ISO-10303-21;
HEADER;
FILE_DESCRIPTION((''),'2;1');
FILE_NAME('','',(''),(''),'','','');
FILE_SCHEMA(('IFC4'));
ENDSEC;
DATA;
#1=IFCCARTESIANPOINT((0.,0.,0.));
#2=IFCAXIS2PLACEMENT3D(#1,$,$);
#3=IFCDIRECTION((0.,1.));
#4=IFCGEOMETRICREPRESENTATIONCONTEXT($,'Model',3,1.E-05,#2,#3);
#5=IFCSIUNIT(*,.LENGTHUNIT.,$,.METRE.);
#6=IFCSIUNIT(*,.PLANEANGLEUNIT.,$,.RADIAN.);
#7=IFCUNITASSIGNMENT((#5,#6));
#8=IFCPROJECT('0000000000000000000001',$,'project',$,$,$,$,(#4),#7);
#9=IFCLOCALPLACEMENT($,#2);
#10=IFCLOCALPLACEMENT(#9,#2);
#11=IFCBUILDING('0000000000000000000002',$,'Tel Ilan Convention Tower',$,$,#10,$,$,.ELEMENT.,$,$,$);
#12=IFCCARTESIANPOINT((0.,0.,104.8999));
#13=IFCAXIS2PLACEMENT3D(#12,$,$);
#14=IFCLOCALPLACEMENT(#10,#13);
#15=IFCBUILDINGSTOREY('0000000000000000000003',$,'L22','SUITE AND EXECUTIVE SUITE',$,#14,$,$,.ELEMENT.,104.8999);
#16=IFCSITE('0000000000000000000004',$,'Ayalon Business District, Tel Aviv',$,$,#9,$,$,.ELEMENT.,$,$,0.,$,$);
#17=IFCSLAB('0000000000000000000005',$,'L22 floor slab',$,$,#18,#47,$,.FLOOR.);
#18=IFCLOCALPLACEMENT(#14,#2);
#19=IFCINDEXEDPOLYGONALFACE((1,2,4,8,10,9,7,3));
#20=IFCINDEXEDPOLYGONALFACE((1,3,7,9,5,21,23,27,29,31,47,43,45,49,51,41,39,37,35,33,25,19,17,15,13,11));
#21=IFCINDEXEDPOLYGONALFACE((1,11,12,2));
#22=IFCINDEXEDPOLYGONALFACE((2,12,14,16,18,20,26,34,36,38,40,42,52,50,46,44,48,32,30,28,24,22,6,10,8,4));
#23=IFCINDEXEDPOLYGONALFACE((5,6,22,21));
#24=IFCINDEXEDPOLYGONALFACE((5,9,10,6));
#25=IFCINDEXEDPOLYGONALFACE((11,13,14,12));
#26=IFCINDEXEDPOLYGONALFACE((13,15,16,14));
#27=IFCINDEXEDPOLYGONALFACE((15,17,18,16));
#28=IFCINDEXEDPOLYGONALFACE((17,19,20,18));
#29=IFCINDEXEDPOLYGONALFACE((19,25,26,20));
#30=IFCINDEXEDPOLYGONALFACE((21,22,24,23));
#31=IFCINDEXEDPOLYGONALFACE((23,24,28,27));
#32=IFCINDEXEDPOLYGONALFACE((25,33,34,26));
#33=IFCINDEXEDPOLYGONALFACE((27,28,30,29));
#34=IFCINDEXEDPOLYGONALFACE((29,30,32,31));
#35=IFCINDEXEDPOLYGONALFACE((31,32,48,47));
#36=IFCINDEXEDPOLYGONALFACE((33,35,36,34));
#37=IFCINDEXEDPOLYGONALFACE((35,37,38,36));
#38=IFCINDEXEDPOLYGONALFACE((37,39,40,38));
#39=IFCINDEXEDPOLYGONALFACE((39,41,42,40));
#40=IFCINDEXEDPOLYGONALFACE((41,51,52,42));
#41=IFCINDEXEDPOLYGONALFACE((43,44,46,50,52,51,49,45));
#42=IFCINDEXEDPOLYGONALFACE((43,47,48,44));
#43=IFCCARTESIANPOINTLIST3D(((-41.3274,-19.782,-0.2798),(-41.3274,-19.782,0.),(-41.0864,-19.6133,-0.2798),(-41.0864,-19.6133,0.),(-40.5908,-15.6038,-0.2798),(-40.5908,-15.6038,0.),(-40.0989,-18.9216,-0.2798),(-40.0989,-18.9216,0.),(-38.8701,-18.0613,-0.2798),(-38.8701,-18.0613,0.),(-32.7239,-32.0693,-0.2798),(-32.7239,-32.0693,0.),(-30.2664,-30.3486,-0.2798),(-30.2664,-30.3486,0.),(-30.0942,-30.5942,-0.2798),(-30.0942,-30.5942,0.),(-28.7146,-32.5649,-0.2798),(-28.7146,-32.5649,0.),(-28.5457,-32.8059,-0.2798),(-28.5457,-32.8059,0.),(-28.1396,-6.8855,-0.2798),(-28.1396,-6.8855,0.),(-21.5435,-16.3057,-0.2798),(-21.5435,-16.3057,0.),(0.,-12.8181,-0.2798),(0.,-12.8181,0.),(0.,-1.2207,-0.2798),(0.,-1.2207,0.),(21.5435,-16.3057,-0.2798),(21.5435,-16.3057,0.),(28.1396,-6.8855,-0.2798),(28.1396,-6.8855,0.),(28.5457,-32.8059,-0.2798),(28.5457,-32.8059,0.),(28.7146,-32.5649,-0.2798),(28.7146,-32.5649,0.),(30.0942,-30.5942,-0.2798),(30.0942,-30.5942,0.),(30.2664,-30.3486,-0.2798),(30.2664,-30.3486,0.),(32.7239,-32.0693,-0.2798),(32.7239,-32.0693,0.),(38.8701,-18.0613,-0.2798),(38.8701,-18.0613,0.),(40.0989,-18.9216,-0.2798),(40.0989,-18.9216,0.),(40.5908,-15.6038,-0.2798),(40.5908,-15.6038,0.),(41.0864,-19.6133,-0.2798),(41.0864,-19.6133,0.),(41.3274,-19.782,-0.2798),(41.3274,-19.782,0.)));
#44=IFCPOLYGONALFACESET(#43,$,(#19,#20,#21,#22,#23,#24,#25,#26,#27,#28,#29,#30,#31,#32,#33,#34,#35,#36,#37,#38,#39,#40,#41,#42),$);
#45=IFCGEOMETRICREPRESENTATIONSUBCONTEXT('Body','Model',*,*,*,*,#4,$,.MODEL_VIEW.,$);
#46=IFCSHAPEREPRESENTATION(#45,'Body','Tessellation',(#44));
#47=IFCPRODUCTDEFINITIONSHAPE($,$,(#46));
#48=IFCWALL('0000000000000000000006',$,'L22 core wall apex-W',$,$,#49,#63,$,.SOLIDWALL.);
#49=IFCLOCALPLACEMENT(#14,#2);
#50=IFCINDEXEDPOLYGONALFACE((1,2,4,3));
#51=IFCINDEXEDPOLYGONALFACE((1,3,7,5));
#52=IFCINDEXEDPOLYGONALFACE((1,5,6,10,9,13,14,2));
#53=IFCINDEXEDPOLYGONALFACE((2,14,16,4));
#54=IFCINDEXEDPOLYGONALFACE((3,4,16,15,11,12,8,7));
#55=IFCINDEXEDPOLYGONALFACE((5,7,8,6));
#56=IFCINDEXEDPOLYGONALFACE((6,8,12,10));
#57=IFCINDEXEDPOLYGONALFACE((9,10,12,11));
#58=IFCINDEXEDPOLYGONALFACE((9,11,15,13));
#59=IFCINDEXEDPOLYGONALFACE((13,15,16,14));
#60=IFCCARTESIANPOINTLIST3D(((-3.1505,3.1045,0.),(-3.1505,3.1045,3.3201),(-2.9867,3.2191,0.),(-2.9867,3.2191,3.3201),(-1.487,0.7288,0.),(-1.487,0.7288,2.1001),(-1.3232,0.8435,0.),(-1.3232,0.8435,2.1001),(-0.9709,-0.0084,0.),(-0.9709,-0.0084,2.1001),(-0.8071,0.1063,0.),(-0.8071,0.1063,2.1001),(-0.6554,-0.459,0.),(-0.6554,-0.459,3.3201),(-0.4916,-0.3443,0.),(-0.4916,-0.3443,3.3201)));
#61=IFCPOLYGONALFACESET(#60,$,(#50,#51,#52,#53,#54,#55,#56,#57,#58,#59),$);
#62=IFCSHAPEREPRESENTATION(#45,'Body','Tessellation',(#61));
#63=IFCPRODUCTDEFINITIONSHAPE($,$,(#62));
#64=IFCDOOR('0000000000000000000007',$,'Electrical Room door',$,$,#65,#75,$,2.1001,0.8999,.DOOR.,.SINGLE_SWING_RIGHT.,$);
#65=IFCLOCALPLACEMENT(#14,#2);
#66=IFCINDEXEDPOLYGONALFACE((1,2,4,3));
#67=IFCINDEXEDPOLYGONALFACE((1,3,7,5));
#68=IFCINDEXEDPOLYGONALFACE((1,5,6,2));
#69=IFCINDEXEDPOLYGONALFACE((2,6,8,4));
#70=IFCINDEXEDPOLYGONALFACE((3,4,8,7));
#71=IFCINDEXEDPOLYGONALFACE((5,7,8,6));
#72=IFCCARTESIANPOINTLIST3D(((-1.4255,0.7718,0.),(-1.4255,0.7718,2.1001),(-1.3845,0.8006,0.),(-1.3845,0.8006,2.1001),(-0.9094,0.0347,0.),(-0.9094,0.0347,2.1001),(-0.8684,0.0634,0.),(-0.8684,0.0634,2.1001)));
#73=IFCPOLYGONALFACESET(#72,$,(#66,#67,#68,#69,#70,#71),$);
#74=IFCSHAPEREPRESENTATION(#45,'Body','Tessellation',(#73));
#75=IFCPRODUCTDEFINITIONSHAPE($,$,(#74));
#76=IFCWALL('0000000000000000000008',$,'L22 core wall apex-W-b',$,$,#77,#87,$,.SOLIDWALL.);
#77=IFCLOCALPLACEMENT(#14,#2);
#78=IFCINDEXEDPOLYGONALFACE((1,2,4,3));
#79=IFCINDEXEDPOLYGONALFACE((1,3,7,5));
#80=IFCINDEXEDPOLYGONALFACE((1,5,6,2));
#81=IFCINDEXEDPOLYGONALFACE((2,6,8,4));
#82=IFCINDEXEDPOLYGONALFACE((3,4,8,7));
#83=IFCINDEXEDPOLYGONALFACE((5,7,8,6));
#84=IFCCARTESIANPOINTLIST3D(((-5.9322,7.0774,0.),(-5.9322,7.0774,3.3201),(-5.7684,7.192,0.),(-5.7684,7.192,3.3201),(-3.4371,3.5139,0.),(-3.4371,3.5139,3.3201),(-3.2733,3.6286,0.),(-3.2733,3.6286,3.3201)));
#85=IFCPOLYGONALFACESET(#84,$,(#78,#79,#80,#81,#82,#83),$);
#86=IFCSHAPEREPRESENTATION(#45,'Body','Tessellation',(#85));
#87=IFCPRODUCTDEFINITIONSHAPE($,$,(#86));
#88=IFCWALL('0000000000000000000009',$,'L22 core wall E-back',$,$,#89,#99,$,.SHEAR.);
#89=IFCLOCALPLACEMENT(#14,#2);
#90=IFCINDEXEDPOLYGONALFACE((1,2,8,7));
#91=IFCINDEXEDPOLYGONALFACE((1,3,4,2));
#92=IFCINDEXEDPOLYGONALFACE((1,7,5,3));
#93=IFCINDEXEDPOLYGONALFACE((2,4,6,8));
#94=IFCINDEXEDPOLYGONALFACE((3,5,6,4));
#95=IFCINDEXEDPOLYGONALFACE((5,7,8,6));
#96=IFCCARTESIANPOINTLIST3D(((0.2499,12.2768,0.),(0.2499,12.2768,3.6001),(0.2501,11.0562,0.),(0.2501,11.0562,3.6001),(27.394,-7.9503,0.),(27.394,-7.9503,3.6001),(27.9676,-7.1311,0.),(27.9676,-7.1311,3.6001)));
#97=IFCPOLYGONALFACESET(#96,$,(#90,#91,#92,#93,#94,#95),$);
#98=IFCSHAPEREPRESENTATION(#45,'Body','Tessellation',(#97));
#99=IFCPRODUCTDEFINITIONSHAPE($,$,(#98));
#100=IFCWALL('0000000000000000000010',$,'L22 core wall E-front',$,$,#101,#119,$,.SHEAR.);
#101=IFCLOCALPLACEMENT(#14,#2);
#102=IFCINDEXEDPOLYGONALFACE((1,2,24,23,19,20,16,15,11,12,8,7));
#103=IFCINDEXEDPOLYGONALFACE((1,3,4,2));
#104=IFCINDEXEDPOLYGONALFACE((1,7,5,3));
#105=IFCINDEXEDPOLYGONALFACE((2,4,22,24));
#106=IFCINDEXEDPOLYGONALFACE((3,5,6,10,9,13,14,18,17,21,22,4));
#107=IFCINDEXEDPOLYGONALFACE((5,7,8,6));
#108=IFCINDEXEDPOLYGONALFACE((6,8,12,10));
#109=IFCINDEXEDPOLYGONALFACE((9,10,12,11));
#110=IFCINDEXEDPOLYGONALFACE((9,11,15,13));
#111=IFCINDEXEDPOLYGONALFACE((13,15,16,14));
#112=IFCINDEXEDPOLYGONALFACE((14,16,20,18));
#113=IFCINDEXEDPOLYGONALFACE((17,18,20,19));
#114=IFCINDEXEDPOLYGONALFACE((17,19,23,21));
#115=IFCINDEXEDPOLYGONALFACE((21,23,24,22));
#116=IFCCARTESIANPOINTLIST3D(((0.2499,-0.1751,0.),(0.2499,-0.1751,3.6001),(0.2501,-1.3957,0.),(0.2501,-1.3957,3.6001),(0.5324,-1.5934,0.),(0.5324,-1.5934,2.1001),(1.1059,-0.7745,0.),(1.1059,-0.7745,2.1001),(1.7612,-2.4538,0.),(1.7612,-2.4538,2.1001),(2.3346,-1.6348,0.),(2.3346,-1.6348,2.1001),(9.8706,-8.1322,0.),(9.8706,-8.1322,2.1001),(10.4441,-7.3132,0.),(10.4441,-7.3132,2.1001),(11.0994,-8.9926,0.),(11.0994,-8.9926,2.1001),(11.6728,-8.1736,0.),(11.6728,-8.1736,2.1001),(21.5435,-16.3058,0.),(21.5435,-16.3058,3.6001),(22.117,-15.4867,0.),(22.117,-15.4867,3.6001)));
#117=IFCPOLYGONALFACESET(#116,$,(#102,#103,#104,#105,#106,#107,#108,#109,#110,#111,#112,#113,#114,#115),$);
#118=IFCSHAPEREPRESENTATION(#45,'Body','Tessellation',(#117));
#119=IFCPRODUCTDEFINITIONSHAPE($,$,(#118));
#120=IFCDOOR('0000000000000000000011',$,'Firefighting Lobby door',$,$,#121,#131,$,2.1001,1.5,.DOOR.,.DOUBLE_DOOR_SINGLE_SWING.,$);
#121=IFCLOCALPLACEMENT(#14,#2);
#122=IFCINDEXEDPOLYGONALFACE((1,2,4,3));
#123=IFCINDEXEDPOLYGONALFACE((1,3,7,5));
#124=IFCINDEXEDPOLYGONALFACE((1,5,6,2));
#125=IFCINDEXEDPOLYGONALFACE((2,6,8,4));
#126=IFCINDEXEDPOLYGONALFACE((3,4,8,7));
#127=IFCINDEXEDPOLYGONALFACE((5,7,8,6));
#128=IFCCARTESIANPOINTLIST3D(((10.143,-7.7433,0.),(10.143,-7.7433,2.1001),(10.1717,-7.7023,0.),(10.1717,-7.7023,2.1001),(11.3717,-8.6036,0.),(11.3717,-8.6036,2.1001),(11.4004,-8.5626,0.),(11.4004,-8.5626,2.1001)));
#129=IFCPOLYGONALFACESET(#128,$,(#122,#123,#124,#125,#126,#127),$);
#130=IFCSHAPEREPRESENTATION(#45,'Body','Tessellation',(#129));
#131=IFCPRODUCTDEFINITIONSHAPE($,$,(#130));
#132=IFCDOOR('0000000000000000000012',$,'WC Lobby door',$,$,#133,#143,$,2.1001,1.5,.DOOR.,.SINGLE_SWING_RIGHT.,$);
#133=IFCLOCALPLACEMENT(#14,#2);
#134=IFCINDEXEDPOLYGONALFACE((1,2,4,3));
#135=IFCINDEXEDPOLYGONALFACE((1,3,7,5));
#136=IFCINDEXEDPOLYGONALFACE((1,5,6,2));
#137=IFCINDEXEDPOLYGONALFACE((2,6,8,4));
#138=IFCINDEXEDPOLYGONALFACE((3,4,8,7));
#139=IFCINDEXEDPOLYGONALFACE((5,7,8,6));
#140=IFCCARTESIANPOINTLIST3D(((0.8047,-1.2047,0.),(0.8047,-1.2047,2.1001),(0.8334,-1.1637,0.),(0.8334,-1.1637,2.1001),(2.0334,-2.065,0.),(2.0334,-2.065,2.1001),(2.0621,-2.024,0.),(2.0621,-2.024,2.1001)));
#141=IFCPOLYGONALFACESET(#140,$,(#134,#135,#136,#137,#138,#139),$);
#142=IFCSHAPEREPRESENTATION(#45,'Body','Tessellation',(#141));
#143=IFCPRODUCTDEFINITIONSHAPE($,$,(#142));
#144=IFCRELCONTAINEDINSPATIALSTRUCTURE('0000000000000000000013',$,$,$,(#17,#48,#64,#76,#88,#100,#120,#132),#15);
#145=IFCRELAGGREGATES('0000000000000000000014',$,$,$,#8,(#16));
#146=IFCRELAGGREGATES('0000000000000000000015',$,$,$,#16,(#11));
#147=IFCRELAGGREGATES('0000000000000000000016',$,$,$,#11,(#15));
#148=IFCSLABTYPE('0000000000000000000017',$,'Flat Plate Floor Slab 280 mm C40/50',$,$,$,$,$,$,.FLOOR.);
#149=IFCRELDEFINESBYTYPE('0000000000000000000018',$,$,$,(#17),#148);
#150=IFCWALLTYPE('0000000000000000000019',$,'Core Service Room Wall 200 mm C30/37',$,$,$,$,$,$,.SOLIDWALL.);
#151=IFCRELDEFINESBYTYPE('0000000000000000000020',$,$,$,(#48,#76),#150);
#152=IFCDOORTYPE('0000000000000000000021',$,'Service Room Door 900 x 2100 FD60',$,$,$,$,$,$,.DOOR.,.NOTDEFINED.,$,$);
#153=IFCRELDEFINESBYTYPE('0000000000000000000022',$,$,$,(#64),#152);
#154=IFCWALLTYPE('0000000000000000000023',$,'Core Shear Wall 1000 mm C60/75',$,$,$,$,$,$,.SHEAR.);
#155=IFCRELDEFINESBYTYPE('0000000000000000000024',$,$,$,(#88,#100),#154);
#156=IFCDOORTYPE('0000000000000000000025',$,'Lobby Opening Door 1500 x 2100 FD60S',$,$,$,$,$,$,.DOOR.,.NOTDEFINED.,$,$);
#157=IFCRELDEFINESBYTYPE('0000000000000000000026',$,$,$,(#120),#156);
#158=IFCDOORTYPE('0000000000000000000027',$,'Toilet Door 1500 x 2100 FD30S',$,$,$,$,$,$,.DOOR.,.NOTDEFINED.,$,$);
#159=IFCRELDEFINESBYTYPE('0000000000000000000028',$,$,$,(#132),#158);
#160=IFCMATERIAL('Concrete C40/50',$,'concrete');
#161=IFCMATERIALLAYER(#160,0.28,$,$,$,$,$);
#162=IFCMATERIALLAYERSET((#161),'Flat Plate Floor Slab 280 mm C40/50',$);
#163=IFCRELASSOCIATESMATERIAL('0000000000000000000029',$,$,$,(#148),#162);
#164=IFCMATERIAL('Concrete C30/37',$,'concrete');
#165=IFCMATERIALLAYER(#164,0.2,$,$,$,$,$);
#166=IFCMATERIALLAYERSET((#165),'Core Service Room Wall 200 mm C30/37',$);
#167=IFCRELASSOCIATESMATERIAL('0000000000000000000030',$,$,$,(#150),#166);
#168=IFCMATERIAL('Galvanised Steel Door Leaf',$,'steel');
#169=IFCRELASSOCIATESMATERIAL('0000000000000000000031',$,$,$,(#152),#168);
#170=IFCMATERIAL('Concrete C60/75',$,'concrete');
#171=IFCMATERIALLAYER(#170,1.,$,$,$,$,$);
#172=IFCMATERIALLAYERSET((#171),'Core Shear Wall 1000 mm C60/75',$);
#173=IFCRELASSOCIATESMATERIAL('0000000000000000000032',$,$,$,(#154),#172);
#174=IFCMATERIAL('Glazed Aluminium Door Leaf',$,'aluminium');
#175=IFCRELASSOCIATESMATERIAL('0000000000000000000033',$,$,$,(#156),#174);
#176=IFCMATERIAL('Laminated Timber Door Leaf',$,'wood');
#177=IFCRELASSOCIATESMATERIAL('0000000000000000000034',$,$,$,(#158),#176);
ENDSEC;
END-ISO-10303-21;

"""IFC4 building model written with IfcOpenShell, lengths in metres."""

from ifc_helpers import new_model, si_unit, direction, frame, frame_2d, origin, place, context, subcontext, project, spatial, polyline, rectangle, outline, extrude, material, layer, layer_set, type_object, element, fill, save


model = new_model("IFC4")

# Units and contexts
model_context = context("Model", 3, precision=1e-05, world=origin(), true_north=direction((0.0, 1.0)))
body_context = subcontext(model_context, "Body", "Model", "MODEL_VIEW")
ifc_project = project(units=[si_unit("LENGTHUNIT", "METRE"), si_unit("PLANEANGLEUNIT", "RADIAN")], contexts=[model_context])

# Site, building, storey
site_placement = place(None, origin())
site = spatial("IfcSite", under=ifc_project, at=site_placement, Name="Ayalon Business District, Tel Aviv", CompositionType="ELEMENT", RefElevation=0.0)
building_placement = place(site_placement, origin())
building = spatial("IfcBuilding", under=site, at=building_placement, Name="Tel Ilan Convention Tower", CompositionType="ELEMENT")
storey_placement = place(building_placement, frame((0.0, 0.0, 104.8999)))
storey = spatial("IfcBuildingStorey", under=building, at=storey_placement, Name="L22", Description="SUITE AND EXECUTIVE SUITE", CompositionType="ELEMENT", Elevation=104.8999)

# Slab
ifc_material_1 = material(Name="Concrete C40/50", Category="concrete")
ifc_layer_1 = layer(ifc_material_1, 0.28)
ifc_layer_set_1 = layer_set([ifc_layer_1], Name="Flat Plate Floor Slab 280 mm C40/50")
slab_type_1 = type_object("IfcSlabType", Name="Flat Plate Floor Slab 280 mm C40/50", PredefinedType="FLOOR", material=ifc_layer_set_1)
slab_1_placement = place(storey_placement, frame((0.0, 0.0, -0.2798)))
element("IfcSlab", 1, at=slab_1_placement, inside=storey, type_object=slab_type_1, Name="L22 floor slab", PredefinedType="FLOOR", context=body_context, shape_type="SweptSolid", body=[
    extrude(outline(polyline([(41.0864, -19.6133), (41.3274, -19.782), (32.7239, -32.0693), (30.2664, -30.3486), (30.0942, -30.5942), (28.7146, -32.5649), (28.5457, -32.8059), (0.0, -12.8181), (-28.5457, -32.8059), (-28.7146, -32.5649), (-30.0942, -30.5942), (-30.2664, -30.3486), (-32.7239, -32.0693), (-41.3274, -19.782), (-41.0864, -19.6133), (-40.0989, -18.9216), (-38.8701, -18.0613), (-40.5908, -15.6038), (-28.1396, -6.8855), (-21.5435, -16.3057), (0.0, -1.2207), (21.5435, -16.3057), (28.1396, -6.8855), (40.5908, -15.6038), (38.8701, -18.0613), (40.0989, -18.9216), (41.0864, -19.6133)])), origin(), (0.0, 0.0, 1.0), 0.2798),
])

# Wall, opening, door
ifc_material_2 = material(Name="Concrete C30/37", Category="concrete")
ifc_layer_2 = layer(ifc_material_2, 0.2)
ifc_layer_set_2 = layer_set([ifc_layer_2], Name="Core Service Room Wall 200 mm C30/37")
wall_type_1 = type_object("IfcWallType", Name="Core Service Room Wall 200 mm C30/37", PredefinedType="SOLIDWALL", material=ifc_layer_set_2)
wall_1_placement = place(storey_placement, frame((-0.5735, -0.4016, 0.0), z_axis=(0.0, 0.0, 1.0), x_axis=(-0.573568, 0.819158, 0.0)))
wall_1 = element("IfcWall", 2, at=wall_1_placement, inside=storey, type_object=wall_type_1, Name="L22 core wall apex-W", PredefinedType="SOLIDWALL", context=body_context, shape_type="SweptSolid", body=[
    extrude(rectangle(XDim=4.3501, YDim=0.2, at=frame_2d((2.175, 0.0))), origin(), (0.0, 0.0, 1.0), 3.3201),
])
opening_1_placement = place(wall_1_placement, frame((0.55, 0.0, 0.0)))
opening_1 = element("IfcOpeningElement", 3, at=opening_1_placement, cuts=wall_1, PredefinedType="OPENING", context=body_context, shape_type="SweptSolid", body=[
    extrude(rectangle(XDim=0.8999, YDim=2.1001, at=frame_2d((0.45, 1.05))), frame((0.0, 0.1099, 0.0), z_axis=(0.0, -1.0, 0.0), x_axis=(1.0, 0.0, 0.0)), (0.0, 0.0, 1.0), 0.22),
])
ifc_material_3 = material(Name="Galvanised Steel Door Leaf", Category="steel")
door_type_1 = type_object("IfcDoorType", Name="Service Room Door 900 x 2100 FD60", OperationType="NOTDEFINED", PredefinedType="DOOR", material=ifc_material_3)
door_1_placement = place(opening_1_placement, origin())
door_1 = element("IfcDoor", 4, at=door_1_placement, inside=storey, type_object=door_type_1, Name="Electrical Room door", OperationType="SINGLE_SWING_RIGHT", OverallHeight=2.1001, OverallWidth=0.8999, PredefinedType="DOOR", context=body_context, shape_type="SweptSolid", body=[
    extrude(rectangle(XDim=0.8999, YDim=2.1001, at=frame_2d((0.45, 1.05))), frame((0.0, 0.0249, 0.0), z_axis=(0.0, -1.0, 0.0), x_axis=(1.0, 0.0, 0.0)), (0.0, 0.0, 1.0), 0.05),
])
fill(opening_1, door_1)

# Walls
wall_2_placement = place(storey_placement, frame((-3.3552, 3.5713, 0.0), z_axis=(0.0, 0.0, 1.0), x_axis=(-0.573568, 0.819158, 0.0)))
element("IfcWall", 5, at=wall_2_placement, inside=storey, type_object=wall_type_1, Name="L22 core wall apex-W-b", PredefinedType="SOLIDWALL", context=body_context, shape_type="SweptSolid", body=[
    extrude(rectangle(XDim=4.3501, YDim=0.2, at=frame_2d((2.175, 0.0))), origin(), (0.0, 0.0, 1.0), 3.3201),
])
ifc_material_4 = material(Name="Concrete C60/75", Category="concrete")
ifc_layer_3 = layer(ifc_material_4, 1.0)
ifc_layer_set_3 = layer_set([ifc_layer_3], Name="Core Shear Wall 1000 mm C60/75")
wall_type_2 = type_object("IfcWallType", Name="Core Shear Wall 1000 mm C60/75", PredefinedType="SHEAR", material=ifc_layer_set_3)
wall_3_placement = place(storey_placement, frame((-0.0369, 11.8672, 0.0), z_axis=(0.0, 0.0, 1.0), x_axis=(0.819155, -0.573572, 0.0)))
element("IfcWall", 6, at=wall_3_placement, inside=storey, type_object=wall_type_2, Name="L22 core wall E-back", PredefinedType="SHEAR", context=body_context, shape_type="SweptSolid", body=[
    extrude(outline(polyline([(33.8369, 0.5), (0.0, 0.5), (0.7002, -0.4998), (33.8369, -0.5), (33.8369, 0.5)])), origin(), (0.0, 0.0, 1.0), 3.6001),
])

# Wall, openings, doors
wall_4_placement = place(storey_placement, frame((-0.0369, -0.5847, 0.0), z_axis=(0.0, 0.0, 1.0), x_axis=(0.819157, -0.573569, 0.0)))
wall_4 = element("IfcWall", 7, at=wall_4_placement, inside=storey, type_object=wall_type_2, Name="L22 core wall E-front", PredefinedType="SHEAR", context=body_context, shape_type="SweptSolid", body=[
    extrude(outline(polyline([(26.6948, 0.4998), (0.0, 0.5), (0.7002, -0.4998), (26.6948, -0.5002), (26.6948, 0.4998)])), origin(), (0.0, 0.0, 1.0), 3.6001),
])
opening_2_placement = place(wall_4_placement, frame((1.0449, 0.0, 0.0)))
opening_2 = element("IfcOpeningElement", 8, at=opening_2_placement, cuts=wall_4, PredefinedType="OPENING", context=body_context, shape_type="SweptSolid", body=[
    extrude(rectangle(XDim=1.5, YDim=2.1001, at=frame_2d((0.75, 1.05))), frame((0.0, 0.51, 0.0), z_axis=(0.0, -1.0, 0.0), x_axis=(1.0, 0.0, 0.0)), (0.0, 0.0, 1.0), 1.02),
])
opening_3_placement = place(wall_4_placement, frame((12.4448, 0.0, 0.0)))
opening_3 = element("IfcOpeningElement", 9, at=opening_3_placement, cuts=wall_4, PredefinedType="OPENING", context=body_context, shape_type="SweptSolid", body=[
    extrude(rectangle(XDim=1.5, YDim=2.1001, at=frame_2d((0.75, 1.05))), frame((0.0, 0.51, 0.0), z_axis=(0.0, -1.0, 0.0), x_axis=(1.0, 0.0, 0.0)), (0.0, 0.0, 1.0), 1.02),
])
ifc_material_5 = material(Name="Glazed Aluminium Door Leaf", Category="aluminium")
door_type_2 = type_object("IfcDoorType", Name="Lobby Opening Door 1500 x 2100 FD60S", OperationType="NOTDEFINED", PredefinedType="DOOR", material=ifc_material_5)
door_2_placement = place(opening_3_placement, origin())
door_2 = element("IfcDoor", 10, at=door_2_placement, inside=storey, type_object=door_type_2, Name="Firefighting Lobby door", OperationType="DOUBLE_DOOR_SINGLE_SWING", OverallHeight=2.1001, OverallWidth=1.5, PredefinedType="DOOR", context=body_context, shape_type="SweptSolid", body=[
    extrude(rectangle(XDim=1.5, YDim=2.1001, at=frame_2d((0.75, 1.05))), frame((0.0, 0.0249, 0.0), z_axis=(0.0, -1.0, 0.0), x_axis=(1.0, 0.0, 0.0)), (0.0, 0.0, 1.0), 0.05),
])
fill(opening_3, door_2)
ifc_material_6 = material(Name="Laminated Timber Door Leaf", Category="wood")
door_type_3 = type_object("IfcDoorType", Name="Toilet Door 1500 x 2100 FD30S", OperationType="NOTDEFINED", PredefinedType="DOOR", material=ifc_material_6)
door_3_placement = place(opening_2_placement, origin())
door_3 = element("IfcDoor", 11, at=door_3_placement, inside=storey, type_object=door_type_3, Name="WC Lobby door", OperationType="SINGLE_SWING_RIGHT", OverallHeight=2.1001, OverallWidth=1.5, PredefinedType="DOOR", context=body_context, shape_type="SweptSolid", body=[
    extrude(rectangle(XDim=1.5, YDim=2.1001, at=frame_2d((0.75, 1.05))), frame((0.0, 0.0249, 0.0), z_axis=(0.0, -1.0, 0.0), x_axis=(1.0, 0.0, 0.0)), (0.0, 0.0, 1.0), 0.05),
])
fill(opening_2, door_3)

save(model, "model.ifc")
